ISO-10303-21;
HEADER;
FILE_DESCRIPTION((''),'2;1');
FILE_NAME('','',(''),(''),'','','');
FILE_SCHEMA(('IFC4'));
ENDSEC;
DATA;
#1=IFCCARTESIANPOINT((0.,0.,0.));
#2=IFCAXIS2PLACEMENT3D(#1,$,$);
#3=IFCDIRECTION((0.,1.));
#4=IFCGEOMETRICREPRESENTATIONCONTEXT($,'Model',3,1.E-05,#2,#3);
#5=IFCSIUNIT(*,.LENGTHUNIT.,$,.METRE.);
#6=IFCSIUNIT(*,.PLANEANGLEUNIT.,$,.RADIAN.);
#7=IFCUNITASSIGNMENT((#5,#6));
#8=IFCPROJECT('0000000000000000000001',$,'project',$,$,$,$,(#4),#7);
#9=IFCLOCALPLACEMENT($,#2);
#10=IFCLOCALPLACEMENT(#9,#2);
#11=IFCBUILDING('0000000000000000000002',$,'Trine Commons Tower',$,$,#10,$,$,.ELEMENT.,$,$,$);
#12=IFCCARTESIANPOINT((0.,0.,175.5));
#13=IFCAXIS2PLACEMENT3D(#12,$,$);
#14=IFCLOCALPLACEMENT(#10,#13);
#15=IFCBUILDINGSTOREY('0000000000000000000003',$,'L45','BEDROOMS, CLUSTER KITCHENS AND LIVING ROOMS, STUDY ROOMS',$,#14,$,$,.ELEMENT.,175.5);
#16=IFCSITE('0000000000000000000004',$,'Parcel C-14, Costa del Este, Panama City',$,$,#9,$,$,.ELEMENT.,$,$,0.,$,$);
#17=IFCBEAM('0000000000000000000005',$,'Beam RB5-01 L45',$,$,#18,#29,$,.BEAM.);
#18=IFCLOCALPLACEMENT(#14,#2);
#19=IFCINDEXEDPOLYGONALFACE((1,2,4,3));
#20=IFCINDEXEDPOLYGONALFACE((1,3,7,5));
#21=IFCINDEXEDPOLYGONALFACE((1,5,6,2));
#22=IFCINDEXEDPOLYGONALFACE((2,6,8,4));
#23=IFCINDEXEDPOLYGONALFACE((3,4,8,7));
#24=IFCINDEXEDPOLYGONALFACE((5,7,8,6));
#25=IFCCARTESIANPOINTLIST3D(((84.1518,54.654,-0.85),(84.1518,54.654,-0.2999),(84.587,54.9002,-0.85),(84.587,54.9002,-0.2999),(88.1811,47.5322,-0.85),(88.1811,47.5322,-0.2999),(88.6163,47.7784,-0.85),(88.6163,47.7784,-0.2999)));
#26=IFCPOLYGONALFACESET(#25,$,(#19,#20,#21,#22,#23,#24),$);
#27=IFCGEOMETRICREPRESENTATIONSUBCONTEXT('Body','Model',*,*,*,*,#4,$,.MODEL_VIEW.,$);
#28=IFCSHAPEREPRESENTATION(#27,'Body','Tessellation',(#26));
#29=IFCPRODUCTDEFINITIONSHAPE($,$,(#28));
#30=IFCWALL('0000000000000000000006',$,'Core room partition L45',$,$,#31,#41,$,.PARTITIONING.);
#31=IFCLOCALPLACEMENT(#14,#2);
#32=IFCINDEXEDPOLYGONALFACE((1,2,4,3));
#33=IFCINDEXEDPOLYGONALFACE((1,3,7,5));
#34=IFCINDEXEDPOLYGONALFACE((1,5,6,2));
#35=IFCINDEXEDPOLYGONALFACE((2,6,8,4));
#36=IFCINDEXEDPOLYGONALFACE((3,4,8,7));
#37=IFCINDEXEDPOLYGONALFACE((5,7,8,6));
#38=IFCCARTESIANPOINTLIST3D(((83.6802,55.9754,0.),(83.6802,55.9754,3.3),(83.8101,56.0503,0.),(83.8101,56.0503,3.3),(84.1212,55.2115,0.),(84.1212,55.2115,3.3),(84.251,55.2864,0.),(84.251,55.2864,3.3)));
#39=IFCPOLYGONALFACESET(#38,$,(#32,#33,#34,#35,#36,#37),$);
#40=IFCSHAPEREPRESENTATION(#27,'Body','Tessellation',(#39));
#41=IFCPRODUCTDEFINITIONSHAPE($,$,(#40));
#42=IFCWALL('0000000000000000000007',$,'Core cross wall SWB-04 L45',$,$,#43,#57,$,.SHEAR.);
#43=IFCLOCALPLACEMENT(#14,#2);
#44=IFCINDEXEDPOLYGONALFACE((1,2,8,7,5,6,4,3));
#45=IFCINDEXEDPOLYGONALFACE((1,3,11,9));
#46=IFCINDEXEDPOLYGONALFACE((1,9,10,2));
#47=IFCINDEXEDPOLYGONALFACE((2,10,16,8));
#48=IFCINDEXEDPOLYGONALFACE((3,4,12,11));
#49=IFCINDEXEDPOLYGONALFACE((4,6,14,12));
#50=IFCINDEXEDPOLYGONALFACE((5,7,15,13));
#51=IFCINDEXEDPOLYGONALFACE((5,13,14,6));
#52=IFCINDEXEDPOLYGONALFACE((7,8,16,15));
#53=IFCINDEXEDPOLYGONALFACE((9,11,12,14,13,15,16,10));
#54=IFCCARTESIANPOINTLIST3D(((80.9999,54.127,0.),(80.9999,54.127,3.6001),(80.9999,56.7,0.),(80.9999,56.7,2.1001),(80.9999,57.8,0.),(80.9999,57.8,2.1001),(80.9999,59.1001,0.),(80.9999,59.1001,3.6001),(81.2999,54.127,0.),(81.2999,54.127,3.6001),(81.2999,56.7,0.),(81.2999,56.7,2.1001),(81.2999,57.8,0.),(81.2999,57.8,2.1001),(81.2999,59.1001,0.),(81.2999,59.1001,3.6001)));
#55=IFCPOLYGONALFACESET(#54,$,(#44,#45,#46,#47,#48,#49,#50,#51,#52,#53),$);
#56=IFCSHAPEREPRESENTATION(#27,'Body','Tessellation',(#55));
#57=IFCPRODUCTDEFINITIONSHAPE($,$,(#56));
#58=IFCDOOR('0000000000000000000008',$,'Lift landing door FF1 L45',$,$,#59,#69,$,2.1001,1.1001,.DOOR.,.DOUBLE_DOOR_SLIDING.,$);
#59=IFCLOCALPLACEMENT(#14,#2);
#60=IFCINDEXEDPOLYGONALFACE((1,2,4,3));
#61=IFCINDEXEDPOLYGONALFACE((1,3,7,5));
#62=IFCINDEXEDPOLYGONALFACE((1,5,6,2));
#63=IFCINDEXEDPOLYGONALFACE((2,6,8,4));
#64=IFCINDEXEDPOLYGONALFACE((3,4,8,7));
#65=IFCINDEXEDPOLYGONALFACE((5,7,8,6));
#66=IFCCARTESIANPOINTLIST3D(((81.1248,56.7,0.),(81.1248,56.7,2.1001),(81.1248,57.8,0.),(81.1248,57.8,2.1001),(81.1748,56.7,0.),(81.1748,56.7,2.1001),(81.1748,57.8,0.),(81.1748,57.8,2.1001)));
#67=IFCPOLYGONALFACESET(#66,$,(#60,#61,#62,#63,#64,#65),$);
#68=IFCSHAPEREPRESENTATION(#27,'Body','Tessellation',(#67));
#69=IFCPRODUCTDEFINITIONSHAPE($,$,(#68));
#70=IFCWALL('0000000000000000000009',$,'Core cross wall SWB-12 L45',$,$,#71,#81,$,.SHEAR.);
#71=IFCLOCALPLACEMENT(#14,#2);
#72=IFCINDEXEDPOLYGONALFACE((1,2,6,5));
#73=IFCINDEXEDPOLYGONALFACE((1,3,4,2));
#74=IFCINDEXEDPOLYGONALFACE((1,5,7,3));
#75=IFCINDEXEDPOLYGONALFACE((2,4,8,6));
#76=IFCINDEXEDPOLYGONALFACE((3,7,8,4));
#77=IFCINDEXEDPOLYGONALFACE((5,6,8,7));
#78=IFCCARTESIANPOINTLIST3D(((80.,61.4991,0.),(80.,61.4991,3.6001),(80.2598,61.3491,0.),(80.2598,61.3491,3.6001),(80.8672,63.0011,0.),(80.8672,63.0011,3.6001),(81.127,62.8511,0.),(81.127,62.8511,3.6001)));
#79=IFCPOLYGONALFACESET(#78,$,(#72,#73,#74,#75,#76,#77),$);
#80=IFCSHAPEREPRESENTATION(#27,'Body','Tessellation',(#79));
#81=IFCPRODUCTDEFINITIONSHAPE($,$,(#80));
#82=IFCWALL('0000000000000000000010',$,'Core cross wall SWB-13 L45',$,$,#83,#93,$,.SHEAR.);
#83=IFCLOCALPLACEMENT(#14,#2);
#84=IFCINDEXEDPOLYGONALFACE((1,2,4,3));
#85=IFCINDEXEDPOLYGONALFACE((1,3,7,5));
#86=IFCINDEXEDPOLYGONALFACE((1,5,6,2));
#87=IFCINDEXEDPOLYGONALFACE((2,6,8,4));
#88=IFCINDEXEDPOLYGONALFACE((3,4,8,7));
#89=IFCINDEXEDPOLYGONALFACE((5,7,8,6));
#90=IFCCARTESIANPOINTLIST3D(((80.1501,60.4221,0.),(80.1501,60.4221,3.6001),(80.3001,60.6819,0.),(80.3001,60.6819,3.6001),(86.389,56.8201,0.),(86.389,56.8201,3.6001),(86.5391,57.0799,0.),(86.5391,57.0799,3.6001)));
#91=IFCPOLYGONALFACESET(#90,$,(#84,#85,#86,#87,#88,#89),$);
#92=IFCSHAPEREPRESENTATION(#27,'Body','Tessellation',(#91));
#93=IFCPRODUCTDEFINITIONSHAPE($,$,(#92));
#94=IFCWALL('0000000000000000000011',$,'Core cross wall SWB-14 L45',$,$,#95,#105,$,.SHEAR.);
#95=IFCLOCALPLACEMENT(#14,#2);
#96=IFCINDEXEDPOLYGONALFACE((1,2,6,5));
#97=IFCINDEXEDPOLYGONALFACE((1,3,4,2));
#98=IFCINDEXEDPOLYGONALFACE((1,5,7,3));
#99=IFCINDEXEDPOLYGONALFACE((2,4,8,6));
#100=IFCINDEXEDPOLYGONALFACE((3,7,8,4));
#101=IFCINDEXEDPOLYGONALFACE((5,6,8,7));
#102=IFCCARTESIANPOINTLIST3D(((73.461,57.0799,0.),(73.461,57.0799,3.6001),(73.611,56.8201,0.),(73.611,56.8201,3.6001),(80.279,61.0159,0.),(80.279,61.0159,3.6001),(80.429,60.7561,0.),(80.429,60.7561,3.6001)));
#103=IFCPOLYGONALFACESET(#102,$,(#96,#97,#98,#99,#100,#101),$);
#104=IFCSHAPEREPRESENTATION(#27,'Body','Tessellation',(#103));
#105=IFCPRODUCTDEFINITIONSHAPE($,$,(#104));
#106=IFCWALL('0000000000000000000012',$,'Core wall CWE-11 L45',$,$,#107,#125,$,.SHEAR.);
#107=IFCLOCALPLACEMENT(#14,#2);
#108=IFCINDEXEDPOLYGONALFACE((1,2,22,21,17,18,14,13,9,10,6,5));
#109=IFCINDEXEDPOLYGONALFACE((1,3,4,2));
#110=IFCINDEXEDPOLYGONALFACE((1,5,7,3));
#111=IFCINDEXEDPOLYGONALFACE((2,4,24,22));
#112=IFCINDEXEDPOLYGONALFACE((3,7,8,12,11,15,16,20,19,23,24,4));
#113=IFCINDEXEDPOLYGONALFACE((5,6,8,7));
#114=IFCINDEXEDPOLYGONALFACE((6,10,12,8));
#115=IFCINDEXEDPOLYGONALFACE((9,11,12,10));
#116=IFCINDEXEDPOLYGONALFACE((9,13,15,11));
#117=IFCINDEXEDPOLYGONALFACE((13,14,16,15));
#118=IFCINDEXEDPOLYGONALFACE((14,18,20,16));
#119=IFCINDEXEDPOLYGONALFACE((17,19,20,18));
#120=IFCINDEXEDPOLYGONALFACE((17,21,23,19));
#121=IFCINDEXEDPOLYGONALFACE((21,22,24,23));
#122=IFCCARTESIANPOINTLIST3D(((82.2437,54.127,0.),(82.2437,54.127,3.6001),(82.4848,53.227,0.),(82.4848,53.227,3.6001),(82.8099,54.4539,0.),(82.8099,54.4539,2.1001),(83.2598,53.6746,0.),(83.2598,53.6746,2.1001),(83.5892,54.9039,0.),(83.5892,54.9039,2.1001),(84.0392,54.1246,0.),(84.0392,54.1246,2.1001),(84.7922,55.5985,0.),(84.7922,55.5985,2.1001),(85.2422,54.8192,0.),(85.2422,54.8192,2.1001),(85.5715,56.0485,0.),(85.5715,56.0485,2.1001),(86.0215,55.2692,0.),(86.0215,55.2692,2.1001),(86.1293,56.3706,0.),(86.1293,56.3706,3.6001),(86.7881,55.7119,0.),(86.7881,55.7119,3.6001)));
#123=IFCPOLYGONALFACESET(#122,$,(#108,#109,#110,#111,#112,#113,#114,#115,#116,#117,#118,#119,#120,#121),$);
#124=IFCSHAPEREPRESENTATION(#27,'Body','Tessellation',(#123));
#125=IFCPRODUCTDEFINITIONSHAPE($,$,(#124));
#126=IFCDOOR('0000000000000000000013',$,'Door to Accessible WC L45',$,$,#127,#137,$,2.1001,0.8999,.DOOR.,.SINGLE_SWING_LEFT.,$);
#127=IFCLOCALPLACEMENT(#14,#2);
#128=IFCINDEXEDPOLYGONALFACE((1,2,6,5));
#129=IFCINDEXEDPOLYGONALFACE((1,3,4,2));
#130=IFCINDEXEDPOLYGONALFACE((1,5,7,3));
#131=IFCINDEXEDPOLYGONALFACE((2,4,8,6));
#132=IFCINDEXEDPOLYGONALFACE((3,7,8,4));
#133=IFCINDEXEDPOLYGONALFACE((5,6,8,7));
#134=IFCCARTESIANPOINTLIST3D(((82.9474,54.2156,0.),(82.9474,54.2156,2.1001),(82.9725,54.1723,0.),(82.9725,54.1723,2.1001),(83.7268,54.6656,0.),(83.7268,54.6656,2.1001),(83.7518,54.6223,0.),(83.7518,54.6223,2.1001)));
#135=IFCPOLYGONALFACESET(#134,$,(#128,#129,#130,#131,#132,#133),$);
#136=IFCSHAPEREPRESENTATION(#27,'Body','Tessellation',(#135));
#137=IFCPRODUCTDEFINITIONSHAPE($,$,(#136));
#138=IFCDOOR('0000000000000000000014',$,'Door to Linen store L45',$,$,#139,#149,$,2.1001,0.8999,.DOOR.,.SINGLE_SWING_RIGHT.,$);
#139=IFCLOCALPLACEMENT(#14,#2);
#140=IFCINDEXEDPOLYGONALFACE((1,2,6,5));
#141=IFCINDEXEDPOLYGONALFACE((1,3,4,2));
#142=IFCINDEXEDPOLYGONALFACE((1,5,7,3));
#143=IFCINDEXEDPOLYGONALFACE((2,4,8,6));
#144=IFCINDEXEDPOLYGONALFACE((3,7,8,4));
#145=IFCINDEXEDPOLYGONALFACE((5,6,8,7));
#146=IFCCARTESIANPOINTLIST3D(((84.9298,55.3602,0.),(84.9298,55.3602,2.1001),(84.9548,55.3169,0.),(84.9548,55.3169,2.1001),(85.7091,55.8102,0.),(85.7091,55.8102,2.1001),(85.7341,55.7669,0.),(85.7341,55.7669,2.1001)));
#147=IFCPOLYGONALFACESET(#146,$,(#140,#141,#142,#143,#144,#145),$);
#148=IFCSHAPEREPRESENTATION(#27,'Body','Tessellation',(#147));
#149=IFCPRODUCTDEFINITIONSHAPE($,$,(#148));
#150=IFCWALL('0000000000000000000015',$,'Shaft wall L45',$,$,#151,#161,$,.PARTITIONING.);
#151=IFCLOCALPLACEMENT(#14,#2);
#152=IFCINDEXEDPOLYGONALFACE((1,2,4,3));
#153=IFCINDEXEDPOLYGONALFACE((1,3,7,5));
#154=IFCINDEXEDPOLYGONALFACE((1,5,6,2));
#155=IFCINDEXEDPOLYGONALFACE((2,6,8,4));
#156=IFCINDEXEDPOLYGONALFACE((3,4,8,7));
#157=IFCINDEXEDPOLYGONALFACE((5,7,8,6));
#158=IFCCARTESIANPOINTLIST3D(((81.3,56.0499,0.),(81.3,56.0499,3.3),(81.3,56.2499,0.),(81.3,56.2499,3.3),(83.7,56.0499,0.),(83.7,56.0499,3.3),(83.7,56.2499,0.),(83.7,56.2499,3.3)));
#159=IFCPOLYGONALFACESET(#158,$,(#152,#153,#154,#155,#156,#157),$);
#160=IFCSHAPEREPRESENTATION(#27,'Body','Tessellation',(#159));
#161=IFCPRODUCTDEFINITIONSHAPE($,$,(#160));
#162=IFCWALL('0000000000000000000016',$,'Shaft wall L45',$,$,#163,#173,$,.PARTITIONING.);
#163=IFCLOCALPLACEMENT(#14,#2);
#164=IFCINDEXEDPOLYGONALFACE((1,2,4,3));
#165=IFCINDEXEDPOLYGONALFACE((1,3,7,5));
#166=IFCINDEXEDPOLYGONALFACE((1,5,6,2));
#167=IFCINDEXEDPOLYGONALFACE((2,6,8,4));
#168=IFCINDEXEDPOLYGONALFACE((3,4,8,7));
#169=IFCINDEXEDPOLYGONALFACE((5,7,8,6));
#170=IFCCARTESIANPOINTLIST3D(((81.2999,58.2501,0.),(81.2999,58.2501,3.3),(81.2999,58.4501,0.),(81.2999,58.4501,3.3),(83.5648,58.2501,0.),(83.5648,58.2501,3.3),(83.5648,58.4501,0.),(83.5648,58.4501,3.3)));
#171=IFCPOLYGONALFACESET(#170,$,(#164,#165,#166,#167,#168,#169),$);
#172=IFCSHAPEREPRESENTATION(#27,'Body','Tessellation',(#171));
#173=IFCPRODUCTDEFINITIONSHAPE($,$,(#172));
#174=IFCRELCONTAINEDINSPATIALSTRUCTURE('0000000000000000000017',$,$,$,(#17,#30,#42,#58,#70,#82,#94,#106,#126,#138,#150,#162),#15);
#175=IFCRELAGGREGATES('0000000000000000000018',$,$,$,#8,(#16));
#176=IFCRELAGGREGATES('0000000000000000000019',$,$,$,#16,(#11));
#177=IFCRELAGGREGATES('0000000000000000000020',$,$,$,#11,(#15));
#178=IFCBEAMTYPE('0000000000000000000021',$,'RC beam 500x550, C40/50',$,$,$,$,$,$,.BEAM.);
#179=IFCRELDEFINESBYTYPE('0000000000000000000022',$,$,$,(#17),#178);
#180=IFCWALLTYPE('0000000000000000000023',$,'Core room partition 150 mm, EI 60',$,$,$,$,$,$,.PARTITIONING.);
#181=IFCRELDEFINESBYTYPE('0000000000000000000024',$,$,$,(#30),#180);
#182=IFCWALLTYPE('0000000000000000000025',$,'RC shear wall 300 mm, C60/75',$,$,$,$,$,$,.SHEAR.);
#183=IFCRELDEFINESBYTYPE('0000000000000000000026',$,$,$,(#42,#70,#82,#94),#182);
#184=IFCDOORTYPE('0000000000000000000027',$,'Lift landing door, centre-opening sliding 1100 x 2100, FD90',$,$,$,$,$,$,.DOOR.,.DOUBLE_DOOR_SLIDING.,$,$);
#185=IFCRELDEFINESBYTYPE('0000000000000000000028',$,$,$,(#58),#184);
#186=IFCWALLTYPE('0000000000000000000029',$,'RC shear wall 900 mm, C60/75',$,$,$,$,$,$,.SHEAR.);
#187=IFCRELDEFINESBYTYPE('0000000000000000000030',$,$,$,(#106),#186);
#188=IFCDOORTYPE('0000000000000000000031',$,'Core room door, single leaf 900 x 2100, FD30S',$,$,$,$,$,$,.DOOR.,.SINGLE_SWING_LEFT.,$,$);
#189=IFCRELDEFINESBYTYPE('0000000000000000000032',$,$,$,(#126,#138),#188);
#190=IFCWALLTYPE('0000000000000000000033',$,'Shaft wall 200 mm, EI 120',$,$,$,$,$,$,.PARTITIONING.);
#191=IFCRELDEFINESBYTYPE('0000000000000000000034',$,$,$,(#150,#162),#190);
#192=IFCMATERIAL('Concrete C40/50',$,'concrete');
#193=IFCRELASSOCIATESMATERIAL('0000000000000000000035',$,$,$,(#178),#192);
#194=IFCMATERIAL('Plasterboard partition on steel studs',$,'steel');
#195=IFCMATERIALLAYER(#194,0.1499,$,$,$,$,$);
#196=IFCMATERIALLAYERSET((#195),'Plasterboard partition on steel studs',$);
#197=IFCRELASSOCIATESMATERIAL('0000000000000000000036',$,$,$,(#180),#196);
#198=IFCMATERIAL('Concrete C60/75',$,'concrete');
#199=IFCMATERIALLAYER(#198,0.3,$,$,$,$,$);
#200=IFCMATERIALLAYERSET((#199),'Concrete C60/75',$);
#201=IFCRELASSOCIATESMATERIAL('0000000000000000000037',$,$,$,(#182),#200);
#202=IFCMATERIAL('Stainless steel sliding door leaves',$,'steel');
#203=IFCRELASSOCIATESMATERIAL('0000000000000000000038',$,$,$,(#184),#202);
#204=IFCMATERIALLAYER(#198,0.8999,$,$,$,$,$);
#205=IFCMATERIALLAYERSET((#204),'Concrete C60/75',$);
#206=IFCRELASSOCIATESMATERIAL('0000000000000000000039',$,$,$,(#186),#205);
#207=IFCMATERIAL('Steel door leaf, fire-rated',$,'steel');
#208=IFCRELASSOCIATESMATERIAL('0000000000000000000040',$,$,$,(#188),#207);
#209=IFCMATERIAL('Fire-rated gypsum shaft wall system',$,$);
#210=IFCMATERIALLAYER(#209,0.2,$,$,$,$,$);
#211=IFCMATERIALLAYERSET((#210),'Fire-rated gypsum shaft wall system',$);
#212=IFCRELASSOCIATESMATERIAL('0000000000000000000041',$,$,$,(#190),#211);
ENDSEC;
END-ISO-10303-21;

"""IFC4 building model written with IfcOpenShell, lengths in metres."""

from ifc_helpers import new_model, si_unit, direction, frame, frame_2d, origin, origin_2d, place, context, subcontext, project, spatial, polyline, rectangle, outline, extrude, material, layer, layer_set, material_profile, profile_set, type_object, element, fill, save


model = new_model("IFC4")

# Units and contexts
model_context = context("Model", 3, precision=1e-05, world=origin(), true_north=direction((0.0, 1.0)))
body_context = subcontext(model_context, "Body", "Model", "MODEL_VIEW")
ifc_project = project(units=[si_unit("LENGTHUNIT", "METRE"), si_unit("PLANEANGLEUNIT", "RADIAN")], contexts=[model_context])

# Site, building, storey
site_placement = place(None, origin())
site = spatial("IfcSite", under=ifc_project, at=site_placement, Name="Parcel C-14, Costa del Este, Panama City", CompositionType="ELEMENT", RefElevation=0.0)
building_placement = place(site_placement, origin())
building = spatial("IfcBuilding", under=site, at=building_placement, Name="Trine Commons Tower", CompositionType="ELEMENT")
storey_placement = place(building_placement, frame((0.0, 0.0, 175.5)))
storey = spatial("IfcBuildingStorey", under=building, at=storey_placement, Name="L45", Description="BEDROOMS, CLUSTER KITCHENS AND LIVING ROOMS, STUDY ROOMS", CompositionType="ELEMENT", Elevation=175.5)

# Beam
ifc_material_1 = material(Name="Concrete C40/50", Category="concrete")
ifc_material_profile = material_profile(ifc_material_1, rectangle(XDim=0.5, YDim=0.55, at=origin_2d()), Name="RC 500x550")
ifc_profile_set = profile_set([ifc_material_profile], Name="Concrete C40/50")
beam_type = type_object("IfcBeamType", Name="RC beam 500x550, C40/50", PredefinedType="BEAM", material=ifc_profile_set)
beam_placement = place(storey_placement, frame((84.3694, 54.7771, -0.575), z_axis=(0.49242, -0.870358, 0.0), x_axis=(0.870358, 0.49242, 0.0)))
element("IfcBeam", 1, at=beam_placement, inside=storey, type_object=beam_type, Name="Beam RB5-01 L45", PredefinedType="BEAM", context=body_context, shape_type="SweptSolid", body=[
    extrude(rectangle(XDim=0.5, YDim=0.55, at=origin_2d()), origin(), (0.0, 0.0, 1.0), 8.1826),
])

# Wall
ifc_material_2 = material(Name="Plasterboard partition on steel studs", Category="steel")
ifc_layer_1 = layer(ifc_material_2, 0.1499)
ifc_layer_set_1 = layer_set([ifc_layer_1], Name="Plasterboard partition on steel studs")
wall_type_1 = type_object("IfcWallType", Name="Core room partition 150 mm, EI 60", PredefinedType="PARTITIONING", material=ifc_layer_set_1)
wall_1_placement = place(storey_placement, frame((84.186, 55.249, 0.0), z_axis=(0.0, 0.0, 1.0), x_axis=(-0.49989, 0.866089, 0.0)))
element("IfcWall", 2, at=wall_1_placement, inside=storey, type_object=wall_type_1, Name="Core room partition L45", PredefinedType="PARTITIONING", context=body_context, shape_type="SweptSolid", body=[
    extrude(rectangle(XDim=0.8821, YDim=0.1499, at=frame_2d((0.4409, 0.0))), origin(), (0.0, 0.0, 1.0), 3.3),
])

# Wall, opening, door
ifc_material_3 = material(Name="Concrete C60/75", Category="concrete")
ifc_layer_2 = layer(ifc_material_3, 0.3)
ifc_layer_set_2 = layer_set([ifc_layer_2], Name="Concrete C60/75")
wall_type_2 = type_object("IfcWallType", Name="RC shear wall 300 mm, C60/75", PredefinedType="SHEAR", material=ifc_layer_set_2)
wall_2_placement = place(storey_placement, frame((81.1499, 59.1001, 0.0), z_axis=(0.0, 0.0, 1.0), x_axis=(0.0, -1.0, 0.0)))
wall_2 = element("IfcWall", 3, at=wall_2_placement, inside=storey, type_object=wall_type_2, Name="Core cross wall SWB-04 L45", PredefinedType="SHEAR", context=body_context, shape_type="SweptSolid", body=[
    extrude(rectangle(XDim=4.9731, YDim=0.3, at=frame_2d((2.4866, 0.0))), origin(), (0.0, 0.0, 1.0), 3.6001),
])
opening_1_placement = place(wall_2_placement, frame((1.3, 0.0, 0.0)))
opening_1 = element("IfcOpeningElement", 4, at=opening_1_placement, cuts=wall_2, PredefinedType="OPENING", context=body_context, shape_type="SweptSolid", body=[
    extrude(rectangle(XDim=1.1001, YDim=2.1001, at=frame_2d((0.55, 1.05))), frame((0.0, 0.1599, 0.0), z_axis=(0.0, -1.0, 0.0), x_axis=(1.0, 0.0, 0.0)), (0.0, 0.0, 1.0), 0.3201),
])
ifc_material_4 = material(Name="Stainless steel sliding door leaves", Category="steel")
door_type_1 = type_object("IfcDoorType", Name="Lift landing door, centre-opening sliding 1100 x 2100, FD90", OperationType="DOUBLE_DOOR_SLIDING", PredefinedType="DOOR", material=ifc_material_4)
door_1_placement = place(opening_1_placement, origin())
door_1 = element("IfcDoor", 5, at=door_1_placement, inside=storey, type_object=door_type_1, Name="Lift landing door FF1 L45", OperationType="DOUBLE_DOOR_SLIDING", OverallHeight=2.1001, OverallWidth=1.1001, PredefinedType="DOOR", context=body_context, shape_type="SweptSolid", body=[
    extrude(rectangle(XDim=1.1001, YDim=2.1001, at=frame_2d((0.55, 1.05))), frame((0.0, 0.0249, 0.0), z_axis=(0.0, -1.0, 0.0), x_axis=(1.0, 0.0, 0.0)), (0.0, 0.0, 1.0), 0.05),
])
fill(opening_1, door_1)

# Walls
wall_3_placement = place(storey_placement, frame((80.1299, 61.4241, 0.0), z_axis=(0.0, 0.0, 1.0), x_axis=(0.500015, 0.866017, 0.0)))
element("IfcWall", 6, at=wall_3_placement, inside=storey, type_object=wall_type_2, Name="Core cross wall SWB-12 L45", PredefinedType="SHEAR", context=body_context, shape_type="SweptSolid", body=[
    extrude(rectangle(XDim=1.7344, YDim=0.3, at=frame_2d((0.8672, 0.0))), origin(), (0.0, 0.0, 1.0), 3.6001),
])
wall_4_placement = place(storey_placement, frame((80.2251, 60.552, 0.0), z_axis=(0.0, 0.0, 1.0), x_axis=(0.866028, -0.499995, 0.0)))
element("IfcWall", 7, at=wall_4_placement, inside=storey, type_object=wall_type_2, Name="Core cross wall SWB-13 L45", PredefinedType="SHEAR", context=body_context, shape_type="SweptSolid", body=[
    extrude(rectangle(XDim=7.2041, YDim=0.3, at=frame_2d((3.6021, 0.0))), origin(), (0.0, 0.0, 1.0), 3.6001),
])
wall_5_placement = place(storey_placement, frame((80.354, 60.886, 0.0), z_axis=(0.0, 0.0, 1.0), x_axis=(-0.866048, -0.499961, 0.0)))
element("IfcWall", 8, at=wall_5_placement, inside=storey, type_object=wall_type_2, Name="Core cross wall SWB-14 L45", PredefinedType="SHEAR", context=body_context, shape_type="SweptSolid", body=[
    extrude(rectangle(XDim=7.8726, YDim=0.3, at=frame_2d((3.9363, 0.0))), origin(), (0.0, 0.0, 1.0), 3.6001),
])

# Wall, openings, doors
ifc_layer_3 = layer(ifc_material_3, 0.8999)
ifc_layer_set_3 = layer_set([ifc_layer_3], Name="Concrete C60/75")
wall_type_3 = type_object("IfcWallType", Name="RC shear wall 900 mm, C60/75", PredefinedType="SHEAR", material=ifc_layer_set_3)
wall_6_placement = place(storey_placement, frame((82.2598, 53.6167, 0.0), z_axis=(0.0, 0.0, 1.0), x_axis=(0.866003, 0.500039, 0.0)))
wall_6 = element("IfcWall", 9, at=wall_6_placement, inside=storey, type_object=wall_type_3, Name="Core wall CWE-11 L45", PredefinedType="SHEAR", context=body_context, shape_type="SweptSolid", body=[
    extrude(outline(polyline([(0.0, -0.45), (4.9692, -0.45), (4.728, 0.45), (0.2412, 0.45), (0.0, -0.45)])), origin(), (0.0, 0.0, 1.0), 3.6001),
])
opening_2_placement = place(wall_6_placement, frame((0.895, 0.0, 0.0)))
opening_2 = element("IfcOpeningElement", 10, at=opening_2_placement, cuts=wall_6, PredefinedType="OPENING", context=body_context, shape_type="SweptSolid", body=[
    extrude(rectangle(XDim=0.8999, YDim=2.1001, at=frame_2d((0.45, 1.05))), frame((0.0, 0.46, 0.0), z_axis=(0.0, -1.0, 0.0), x_axis=(1.0, 0.0, 0.0)), (0.0, 0.0, 1.0), 0.9199),
])
opening_3_placement = place(wall_6_placement, frame((3.1841, 0.0, 0.0)))
opening_3 = element("IfcOpeningElement", 11, at=opening_3_placement, cuts=wall_6, PredefinedType="OPENING", context=body_context, shape_type="SweptSolid", body=[
    extrude(rectangle(XDim=0.8999, YDim=2.1001, at=frame_2d((0.45, 1.05))), frame((0.0, 0.46, 0.0), z_axis=(0.0, -1.0, 0.0), x_axis=(1.0, 0.0, 0.0)), (0.0, 0.0, 1.0), 0.9199),
])
ifc_material_5 = material(Name="Steel door leaf, fire-rated", Category="steel")
door_type_2 = type_object("IfcDoorType", Name="Core room door, single leaf 900 x 2100, FD30S", OperationType="SINGLE_SWING_LEFT", PredefinedType="DOOR", material=ifc_material_5)
door_2_placement = place(opening_2_placement, origin())
door_2 = element("IfcDoor", 12, at=door_2_placement, inside=storey, type_object=door_type_2, Name="Door to Accessible WC L45", OperationType="SINGLE_SWING_LEFT", OverallHeight=2.1001, OverallWidth=0.8999, PredefinedType="DOOR", context=body_context, shape_type="SweptSolid", body=[
    extrude(rectangle(XDim=0.8999, YDim=2.1001, at=frame_2d((0.45, 1.05))), frame((0.0, 0.1748, 0.0), z_axis=(0.0, -1.0, 0.0), x_axis=(1.0, 0.0, 0.0)), (0.0, 0.0, 1.0), 0.05),
])
fill(opening_2, door_2)
door_3_placement = place(opening_3_placement, origin())
door_3 = element("IfcDoor", 13, at=door_3_placement, inside=storey, type_object=door_type_2, Name="Door to Linen store L45", OperationType="SINGLE_SWING_RIGHT", OverallHeight=2.1001, OverallWidth=0.8999, PredefinedType="DOOR", context=body_context, shape_type="SweptSolid", body=[
    extrude(rectangle(XDim=0.8999, YDim=2.1001, at=frame_2d((0.45, 1.05))), frame((0.0, 0.1748, 0.0), z_axis=(0.0, -1.0, 0.0), x_axis=(1.0, 0.0, 0.0)), (0.0, 0.0, 1.0), 0.05),
])
fill(opening_3, door_3)

# Walls
ifc_material_6 = material(Name="Fire-rated gypsum shaft wall system")
ifc_layer_4 = layer(ifc_material_6, 0.2)
ifc_layer_set_4 = layer_set([ifc_layer_4], Name="Fire-rated gypsum shaft wall system")
wall_type_4 = type_object("IfcWallType", Name="Shaft wall 200 mm, EI 120", PredefinedType="PARTITIONING", material=ifc_layer_set_4)
wall_7_placement = place(storey_placement, frame((81.3, 56.1499, 0.0), z_axis=(0.0, 0.0, 1.0), x_axis=(1.0, 0.0, 0.0)))
element("IfcWall", 14, at=wall_7_placement, inside=storey, type_object=wall_type_4, Name="Shaft wall L45", PredefinedType="PARTITIONING", context=body_context, shape_type="SweptSolid", body=[
    extrude(rectangle(XDim=2.3999, YDim=0.2, at=frame_2d((1.2, 0.0))), origin(), (0.0, 0.0, 1.0), 3.3),
])
wall_8_placement = place(storey_placement, frame((81.3, 58.3501, 0.0), z_axis=(0.0, 0.0, 1.0), x_axis=(1.0, 0.0, 0.0)))
element("IfcWall", 15, at=wall_8_placement, inside=storey, type_object=wall_type_4, Name="Shaft wall L45", PredefinedType="PARTITIONING", context=body_context, shape_type="SweptSolid", body=[
    extrude(rectangle(XDim=2.2649, YDim=0.2, at=frame_2d((1.1323, 0.0))), origin(), (0.0, 0.0, 1.0), 3.3),
])

save(model, "model.ifc")
